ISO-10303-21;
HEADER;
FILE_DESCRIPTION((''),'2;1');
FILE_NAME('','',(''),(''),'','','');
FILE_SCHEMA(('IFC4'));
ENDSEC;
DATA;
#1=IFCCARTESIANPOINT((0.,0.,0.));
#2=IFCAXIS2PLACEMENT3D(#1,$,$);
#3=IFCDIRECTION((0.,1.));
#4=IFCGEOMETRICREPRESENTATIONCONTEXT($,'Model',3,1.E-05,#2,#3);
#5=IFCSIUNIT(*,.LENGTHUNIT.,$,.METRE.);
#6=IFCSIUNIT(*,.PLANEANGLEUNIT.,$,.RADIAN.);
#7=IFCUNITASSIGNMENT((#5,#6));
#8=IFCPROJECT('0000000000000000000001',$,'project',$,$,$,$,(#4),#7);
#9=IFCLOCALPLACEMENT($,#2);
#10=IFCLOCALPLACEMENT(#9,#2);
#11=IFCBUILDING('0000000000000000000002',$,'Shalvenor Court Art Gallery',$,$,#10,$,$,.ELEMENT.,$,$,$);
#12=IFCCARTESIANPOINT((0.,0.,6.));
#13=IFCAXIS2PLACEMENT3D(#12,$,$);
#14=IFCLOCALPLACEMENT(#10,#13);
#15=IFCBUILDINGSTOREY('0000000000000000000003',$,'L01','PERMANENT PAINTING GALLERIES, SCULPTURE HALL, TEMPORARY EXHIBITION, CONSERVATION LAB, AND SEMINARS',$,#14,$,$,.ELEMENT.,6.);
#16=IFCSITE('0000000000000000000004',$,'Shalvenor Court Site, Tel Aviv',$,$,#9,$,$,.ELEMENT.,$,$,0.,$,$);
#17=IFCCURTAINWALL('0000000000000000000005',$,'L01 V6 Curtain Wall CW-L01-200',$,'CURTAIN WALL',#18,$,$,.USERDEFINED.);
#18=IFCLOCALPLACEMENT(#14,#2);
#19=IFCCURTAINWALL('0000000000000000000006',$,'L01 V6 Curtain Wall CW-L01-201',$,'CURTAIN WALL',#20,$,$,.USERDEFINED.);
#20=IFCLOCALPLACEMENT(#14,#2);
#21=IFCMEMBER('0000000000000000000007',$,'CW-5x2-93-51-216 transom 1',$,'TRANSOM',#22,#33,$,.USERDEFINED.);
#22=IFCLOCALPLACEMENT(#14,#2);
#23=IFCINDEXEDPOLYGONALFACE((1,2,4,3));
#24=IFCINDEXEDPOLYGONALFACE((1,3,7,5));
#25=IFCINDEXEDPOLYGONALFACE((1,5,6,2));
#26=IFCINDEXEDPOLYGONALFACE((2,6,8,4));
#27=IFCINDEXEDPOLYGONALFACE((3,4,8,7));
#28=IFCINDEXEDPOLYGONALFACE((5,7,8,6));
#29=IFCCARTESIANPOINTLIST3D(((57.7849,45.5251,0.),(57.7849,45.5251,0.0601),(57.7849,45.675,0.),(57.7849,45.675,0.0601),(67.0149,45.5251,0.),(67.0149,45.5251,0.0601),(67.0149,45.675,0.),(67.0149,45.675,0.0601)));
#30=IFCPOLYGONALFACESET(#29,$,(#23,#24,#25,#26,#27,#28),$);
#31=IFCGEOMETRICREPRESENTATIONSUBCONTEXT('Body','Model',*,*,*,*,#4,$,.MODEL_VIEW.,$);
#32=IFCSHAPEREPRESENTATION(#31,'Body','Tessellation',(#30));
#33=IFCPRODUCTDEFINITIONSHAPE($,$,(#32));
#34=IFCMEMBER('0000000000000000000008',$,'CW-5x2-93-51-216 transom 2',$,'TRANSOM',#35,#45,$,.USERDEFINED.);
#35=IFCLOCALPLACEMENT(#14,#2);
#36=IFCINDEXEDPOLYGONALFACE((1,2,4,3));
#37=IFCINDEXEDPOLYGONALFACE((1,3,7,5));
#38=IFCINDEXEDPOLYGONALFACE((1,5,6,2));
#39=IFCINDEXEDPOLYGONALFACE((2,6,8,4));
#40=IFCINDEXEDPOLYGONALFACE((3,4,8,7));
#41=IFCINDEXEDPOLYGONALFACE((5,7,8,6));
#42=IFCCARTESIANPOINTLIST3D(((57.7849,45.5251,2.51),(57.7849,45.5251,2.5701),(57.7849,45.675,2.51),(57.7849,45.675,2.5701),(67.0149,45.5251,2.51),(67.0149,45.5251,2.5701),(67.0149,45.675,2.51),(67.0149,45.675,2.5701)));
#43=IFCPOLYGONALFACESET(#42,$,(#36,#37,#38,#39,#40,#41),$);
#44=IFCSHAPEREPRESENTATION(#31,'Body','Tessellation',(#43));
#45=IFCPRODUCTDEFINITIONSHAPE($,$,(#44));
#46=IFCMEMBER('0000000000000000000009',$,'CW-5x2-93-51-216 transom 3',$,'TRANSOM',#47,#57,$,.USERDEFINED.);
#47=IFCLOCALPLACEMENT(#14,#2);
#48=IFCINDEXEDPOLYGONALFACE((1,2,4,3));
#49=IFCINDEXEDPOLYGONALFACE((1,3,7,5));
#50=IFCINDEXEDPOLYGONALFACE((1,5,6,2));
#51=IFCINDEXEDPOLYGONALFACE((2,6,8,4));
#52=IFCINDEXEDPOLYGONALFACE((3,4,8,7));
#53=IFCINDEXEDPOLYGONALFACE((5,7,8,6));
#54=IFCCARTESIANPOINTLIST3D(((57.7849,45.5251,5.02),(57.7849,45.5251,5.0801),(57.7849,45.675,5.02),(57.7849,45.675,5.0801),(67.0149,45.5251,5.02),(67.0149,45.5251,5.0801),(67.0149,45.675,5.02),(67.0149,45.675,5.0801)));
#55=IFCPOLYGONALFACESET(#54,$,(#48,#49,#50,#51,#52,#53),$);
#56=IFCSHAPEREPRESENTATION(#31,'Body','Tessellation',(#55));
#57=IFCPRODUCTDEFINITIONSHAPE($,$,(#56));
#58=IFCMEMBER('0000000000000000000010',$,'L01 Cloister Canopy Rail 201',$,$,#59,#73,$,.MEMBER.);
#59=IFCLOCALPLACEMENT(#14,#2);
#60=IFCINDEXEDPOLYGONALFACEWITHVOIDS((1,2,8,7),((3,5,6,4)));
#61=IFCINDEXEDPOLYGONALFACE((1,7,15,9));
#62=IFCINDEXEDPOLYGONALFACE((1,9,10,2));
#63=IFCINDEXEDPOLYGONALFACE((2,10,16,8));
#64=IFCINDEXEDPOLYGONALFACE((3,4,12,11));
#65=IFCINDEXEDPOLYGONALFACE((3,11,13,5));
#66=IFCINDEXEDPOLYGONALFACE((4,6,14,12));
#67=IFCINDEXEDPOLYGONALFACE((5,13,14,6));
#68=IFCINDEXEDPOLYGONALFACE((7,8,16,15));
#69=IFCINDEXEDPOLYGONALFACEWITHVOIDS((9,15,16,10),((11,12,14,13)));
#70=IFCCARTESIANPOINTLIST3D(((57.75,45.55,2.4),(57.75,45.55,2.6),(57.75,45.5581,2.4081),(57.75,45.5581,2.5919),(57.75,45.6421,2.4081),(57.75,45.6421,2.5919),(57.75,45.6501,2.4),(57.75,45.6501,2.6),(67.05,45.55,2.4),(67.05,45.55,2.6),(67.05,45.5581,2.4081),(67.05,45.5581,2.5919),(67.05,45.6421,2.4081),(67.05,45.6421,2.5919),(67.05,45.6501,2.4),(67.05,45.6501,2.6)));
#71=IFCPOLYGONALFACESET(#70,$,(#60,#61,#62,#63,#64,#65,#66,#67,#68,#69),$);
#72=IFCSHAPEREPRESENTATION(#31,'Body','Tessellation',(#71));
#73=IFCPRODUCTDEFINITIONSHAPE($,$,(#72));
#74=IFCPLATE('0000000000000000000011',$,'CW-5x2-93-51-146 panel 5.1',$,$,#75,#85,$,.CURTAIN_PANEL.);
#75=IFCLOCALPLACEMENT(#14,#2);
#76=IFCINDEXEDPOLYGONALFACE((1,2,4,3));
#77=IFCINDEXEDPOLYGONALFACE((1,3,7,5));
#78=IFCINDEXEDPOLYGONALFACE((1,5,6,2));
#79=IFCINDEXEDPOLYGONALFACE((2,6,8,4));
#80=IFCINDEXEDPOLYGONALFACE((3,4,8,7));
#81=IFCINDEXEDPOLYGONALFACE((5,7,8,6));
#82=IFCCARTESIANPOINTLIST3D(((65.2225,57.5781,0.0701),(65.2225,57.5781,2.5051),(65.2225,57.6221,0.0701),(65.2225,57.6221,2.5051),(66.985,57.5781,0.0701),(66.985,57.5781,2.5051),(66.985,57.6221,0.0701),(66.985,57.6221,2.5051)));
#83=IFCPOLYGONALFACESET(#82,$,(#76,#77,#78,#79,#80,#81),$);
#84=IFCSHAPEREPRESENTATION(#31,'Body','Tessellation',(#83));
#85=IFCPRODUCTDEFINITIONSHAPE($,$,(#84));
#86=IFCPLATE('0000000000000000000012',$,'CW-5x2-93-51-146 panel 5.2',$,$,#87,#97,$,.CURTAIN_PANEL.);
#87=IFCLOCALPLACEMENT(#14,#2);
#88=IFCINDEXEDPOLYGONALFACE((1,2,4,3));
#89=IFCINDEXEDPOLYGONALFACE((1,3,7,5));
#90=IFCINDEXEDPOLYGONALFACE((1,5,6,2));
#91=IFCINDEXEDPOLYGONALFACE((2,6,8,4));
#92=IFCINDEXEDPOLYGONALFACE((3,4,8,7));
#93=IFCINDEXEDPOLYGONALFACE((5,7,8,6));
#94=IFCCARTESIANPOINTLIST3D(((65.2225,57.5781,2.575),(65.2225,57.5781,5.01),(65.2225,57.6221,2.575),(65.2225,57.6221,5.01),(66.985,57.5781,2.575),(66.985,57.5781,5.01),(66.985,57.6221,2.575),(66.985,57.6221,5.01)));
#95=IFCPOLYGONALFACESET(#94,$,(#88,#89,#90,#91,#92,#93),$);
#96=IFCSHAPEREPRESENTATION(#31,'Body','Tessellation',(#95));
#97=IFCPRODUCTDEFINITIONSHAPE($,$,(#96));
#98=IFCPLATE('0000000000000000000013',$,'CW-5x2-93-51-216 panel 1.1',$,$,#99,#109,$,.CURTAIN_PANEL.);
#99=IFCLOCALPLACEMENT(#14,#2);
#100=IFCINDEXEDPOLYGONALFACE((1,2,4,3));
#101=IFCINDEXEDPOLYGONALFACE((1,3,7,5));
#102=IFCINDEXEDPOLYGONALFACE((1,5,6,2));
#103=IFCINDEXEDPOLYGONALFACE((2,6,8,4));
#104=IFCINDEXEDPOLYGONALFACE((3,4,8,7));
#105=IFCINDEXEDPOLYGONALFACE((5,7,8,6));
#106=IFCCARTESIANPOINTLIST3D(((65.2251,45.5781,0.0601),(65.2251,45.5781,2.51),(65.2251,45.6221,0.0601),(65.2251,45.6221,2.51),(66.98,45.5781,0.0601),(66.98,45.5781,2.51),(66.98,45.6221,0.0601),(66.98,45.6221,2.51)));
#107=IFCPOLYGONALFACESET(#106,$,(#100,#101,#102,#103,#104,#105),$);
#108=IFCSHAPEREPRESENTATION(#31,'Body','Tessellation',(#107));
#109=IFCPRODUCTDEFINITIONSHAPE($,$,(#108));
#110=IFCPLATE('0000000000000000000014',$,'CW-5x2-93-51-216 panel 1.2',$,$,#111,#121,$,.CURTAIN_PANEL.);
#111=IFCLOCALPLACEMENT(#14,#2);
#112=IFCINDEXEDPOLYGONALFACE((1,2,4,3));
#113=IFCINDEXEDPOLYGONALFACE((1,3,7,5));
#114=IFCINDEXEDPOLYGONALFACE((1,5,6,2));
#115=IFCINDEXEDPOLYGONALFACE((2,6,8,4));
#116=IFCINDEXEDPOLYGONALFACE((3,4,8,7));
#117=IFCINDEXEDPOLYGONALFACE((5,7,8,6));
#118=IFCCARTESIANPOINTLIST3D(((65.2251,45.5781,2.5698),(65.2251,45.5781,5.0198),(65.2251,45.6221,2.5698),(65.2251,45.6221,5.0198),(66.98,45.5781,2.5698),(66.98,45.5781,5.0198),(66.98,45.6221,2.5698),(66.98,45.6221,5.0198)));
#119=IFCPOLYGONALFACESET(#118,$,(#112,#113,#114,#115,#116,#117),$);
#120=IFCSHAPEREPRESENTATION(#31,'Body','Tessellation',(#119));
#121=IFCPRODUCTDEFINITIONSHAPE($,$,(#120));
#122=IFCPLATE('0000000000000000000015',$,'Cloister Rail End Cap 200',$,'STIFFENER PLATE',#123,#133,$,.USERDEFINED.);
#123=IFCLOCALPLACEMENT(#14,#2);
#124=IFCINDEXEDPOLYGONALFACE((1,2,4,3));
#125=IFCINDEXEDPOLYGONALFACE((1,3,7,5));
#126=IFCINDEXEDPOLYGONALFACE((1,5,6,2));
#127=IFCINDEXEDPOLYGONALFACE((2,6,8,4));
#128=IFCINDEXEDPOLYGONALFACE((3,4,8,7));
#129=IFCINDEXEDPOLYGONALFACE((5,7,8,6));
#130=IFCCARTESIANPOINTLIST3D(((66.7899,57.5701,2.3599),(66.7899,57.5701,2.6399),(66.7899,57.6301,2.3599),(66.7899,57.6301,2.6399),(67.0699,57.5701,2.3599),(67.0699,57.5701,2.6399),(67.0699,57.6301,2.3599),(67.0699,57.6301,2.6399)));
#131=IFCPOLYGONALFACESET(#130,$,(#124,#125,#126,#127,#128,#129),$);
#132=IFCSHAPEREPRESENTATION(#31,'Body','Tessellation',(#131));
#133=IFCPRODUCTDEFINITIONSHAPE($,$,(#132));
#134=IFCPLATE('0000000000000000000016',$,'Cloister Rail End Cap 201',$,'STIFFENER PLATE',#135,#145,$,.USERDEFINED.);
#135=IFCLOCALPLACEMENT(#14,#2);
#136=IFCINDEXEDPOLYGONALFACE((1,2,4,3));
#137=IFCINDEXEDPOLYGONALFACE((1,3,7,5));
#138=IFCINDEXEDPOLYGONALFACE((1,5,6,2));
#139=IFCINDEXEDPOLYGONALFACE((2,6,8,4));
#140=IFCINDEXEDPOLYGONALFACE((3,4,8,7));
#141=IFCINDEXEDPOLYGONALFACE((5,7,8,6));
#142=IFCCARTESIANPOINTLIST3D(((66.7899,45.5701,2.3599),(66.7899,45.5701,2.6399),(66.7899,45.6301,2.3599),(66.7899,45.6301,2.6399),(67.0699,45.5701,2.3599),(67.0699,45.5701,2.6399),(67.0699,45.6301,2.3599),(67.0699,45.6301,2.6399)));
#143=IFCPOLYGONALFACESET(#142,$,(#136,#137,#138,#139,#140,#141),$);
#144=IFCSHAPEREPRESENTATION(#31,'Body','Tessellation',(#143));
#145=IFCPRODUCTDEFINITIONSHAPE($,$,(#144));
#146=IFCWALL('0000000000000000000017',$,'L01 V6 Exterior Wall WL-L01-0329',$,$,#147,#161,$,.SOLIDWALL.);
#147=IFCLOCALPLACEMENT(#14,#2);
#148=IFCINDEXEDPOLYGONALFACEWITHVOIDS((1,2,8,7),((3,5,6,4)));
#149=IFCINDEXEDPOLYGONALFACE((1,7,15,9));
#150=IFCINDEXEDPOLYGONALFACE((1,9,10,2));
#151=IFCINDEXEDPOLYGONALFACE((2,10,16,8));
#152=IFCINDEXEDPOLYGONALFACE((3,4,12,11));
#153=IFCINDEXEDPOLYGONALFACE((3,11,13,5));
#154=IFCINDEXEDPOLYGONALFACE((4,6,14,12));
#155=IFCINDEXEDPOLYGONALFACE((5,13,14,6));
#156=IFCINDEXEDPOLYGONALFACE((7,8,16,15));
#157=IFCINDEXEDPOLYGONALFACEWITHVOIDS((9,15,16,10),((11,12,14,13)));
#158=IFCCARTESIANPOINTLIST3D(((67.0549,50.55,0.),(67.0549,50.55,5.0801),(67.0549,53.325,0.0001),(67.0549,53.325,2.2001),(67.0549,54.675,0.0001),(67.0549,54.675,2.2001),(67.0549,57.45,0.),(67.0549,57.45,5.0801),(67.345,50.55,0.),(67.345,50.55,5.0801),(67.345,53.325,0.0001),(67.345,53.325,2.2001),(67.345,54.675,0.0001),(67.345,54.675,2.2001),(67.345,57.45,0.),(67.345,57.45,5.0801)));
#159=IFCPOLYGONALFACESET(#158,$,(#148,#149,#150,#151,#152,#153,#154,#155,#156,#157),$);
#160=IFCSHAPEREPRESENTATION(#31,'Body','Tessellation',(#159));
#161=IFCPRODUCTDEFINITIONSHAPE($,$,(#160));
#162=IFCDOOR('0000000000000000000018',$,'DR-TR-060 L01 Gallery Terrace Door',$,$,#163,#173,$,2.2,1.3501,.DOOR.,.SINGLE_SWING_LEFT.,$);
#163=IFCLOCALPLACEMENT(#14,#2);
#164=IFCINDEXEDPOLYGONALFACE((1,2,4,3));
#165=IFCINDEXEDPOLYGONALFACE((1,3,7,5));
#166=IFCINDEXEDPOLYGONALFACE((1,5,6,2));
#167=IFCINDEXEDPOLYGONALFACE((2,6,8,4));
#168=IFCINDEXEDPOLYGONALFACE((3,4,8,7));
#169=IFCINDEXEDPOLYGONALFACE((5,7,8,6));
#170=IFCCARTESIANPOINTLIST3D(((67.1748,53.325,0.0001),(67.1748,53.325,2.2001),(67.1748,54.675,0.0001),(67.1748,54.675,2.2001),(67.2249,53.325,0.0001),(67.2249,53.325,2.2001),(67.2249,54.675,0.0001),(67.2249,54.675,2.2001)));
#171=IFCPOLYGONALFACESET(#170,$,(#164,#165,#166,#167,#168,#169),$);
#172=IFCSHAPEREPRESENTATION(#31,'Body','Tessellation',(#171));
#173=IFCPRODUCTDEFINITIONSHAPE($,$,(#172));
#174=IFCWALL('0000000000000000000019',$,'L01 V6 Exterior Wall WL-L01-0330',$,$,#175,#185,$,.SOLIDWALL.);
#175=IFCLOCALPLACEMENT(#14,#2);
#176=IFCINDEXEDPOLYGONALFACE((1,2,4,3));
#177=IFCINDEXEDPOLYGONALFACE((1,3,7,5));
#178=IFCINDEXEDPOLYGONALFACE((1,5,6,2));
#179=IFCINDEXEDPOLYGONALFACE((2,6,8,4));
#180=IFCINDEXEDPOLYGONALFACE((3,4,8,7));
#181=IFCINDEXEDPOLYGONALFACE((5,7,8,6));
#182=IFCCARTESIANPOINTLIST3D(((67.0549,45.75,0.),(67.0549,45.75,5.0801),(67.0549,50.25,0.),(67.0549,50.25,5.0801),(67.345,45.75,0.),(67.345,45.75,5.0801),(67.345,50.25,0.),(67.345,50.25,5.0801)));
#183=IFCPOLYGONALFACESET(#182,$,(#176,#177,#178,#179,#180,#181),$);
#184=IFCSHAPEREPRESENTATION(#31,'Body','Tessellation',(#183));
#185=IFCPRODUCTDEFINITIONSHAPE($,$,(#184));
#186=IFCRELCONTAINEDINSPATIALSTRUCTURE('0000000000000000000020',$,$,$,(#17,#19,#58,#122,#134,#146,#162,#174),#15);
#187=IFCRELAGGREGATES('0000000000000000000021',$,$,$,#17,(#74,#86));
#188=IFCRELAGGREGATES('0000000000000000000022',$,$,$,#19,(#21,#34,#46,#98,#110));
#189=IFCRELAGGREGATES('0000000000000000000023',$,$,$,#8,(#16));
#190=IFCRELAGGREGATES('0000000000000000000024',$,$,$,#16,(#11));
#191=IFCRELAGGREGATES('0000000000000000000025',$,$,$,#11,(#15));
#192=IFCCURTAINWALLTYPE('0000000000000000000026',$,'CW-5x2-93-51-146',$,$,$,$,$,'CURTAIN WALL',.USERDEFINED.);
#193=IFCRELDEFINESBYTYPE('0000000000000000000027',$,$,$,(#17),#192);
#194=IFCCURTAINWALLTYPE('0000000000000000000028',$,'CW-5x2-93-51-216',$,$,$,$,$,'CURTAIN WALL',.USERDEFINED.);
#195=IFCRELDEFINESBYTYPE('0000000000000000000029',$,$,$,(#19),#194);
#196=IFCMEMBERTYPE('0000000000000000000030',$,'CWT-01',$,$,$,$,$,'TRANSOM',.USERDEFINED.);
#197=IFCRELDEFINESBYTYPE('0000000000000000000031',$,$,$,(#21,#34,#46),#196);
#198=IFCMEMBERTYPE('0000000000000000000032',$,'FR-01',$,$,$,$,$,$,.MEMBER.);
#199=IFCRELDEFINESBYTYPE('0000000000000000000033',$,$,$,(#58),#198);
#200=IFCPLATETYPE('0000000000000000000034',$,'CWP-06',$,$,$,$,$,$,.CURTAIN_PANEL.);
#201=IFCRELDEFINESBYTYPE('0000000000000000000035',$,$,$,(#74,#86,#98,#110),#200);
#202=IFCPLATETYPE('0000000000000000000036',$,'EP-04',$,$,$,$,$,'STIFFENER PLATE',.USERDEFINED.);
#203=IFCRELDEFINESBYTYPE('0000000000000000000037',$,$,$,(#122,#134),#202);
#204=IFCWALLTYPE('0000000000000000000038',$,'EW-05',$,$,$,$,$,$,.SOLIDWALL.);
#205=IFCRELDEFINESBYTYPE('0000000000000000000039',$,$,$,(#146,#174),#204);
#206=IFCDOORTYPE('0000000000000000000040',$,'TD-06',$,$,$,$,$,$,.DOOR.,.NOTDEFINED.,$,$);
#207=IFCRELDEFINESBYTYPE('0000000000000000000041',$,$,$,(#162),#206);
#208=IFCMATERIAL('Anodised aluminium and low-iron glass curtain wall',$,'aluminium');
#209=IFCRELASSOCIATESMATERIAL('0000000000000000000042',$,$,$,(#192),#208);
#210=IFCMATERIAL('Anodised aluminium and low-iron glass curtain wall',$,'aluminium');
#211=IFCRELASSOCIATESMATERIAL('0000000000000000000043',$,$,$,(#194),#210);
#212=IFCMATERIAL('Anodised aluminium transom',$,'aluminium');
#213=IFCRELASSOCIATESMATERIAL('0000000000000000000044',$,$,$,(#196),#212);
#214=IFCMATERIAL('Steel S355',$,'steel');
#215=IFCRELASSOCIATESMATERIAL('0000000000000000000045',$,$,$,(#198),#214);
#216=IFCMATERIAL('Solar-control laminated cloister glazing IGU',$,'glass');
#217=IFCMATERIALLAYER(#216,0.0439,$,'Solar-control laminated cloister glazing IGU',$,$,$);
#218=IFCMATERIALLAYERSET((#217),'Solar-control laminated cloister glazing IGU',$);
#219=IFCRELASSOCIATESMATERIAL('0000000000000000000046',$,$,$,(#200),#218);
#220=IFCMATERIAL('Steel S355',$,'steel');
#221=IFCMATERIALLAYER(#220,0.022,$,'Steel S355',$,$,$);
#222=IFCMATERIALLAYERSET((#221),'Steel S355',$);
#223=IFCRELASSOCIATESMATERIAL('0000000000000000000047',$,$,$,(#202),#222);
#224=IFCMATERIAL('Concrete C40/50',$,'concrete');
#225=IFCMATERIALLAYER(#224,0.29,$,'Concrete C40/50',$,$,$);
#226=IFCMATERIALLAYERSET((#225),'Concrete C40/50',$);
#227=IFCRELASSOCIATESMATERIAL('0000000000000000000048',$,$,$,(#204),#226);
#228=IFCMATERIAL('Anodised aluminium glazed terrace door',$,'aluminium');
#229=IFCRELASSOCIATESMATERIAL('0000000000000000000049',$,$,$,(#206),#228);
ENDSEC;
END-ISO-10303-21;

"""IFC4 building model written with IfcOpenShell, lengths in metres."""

from ifc_helpers import new_model, si_unit, direction, frame, frame_2d, origin, origin_2d, place, context, subcontext, project, spatial, rectangle, hollow_rectangle, extrude, material, layer, layer_set, material_profile, profile_set, type_object, element, fill, aggregate, save


model = new_model("IFC4")

# Units and contexts
model_context = context("Model", 3, precision=1e-05, world=origin(), true_north=direction((0.0, 1.0)))
body_context = subcontext(model_context, "Body", "Model", "MODEL_VIEW")
ifc_project = project(units=[si_unit("LENGTHUNIT", "METRE"), si_unit("PLANEANGLEUNIT", "RADIAN")], contexts=[model_context])

# Site, building, storey
site_placement = place(None, origin())
site = spatial("IfcSite", under=ifc_project, at=site_placement, Name="Shalvenor Court Site, Tel Aviv", CompositionType="ELEMENT", RefElevation=0.0)
building_placement = place(site_placement, origin())
building = spatial("IfcBuilding", under=site, at=building_placement, Name="Shalvenor Court Art Gallery", CompositionType="ELEMENT")
storey_placement = place(building_placement, frame((0.0, 0.0, 6.0)))
storey = spatial("IfcBuildingStorey", under=building, at=storey_placement, Name="L01", Description="PERMANENT PAINTING GALLERIES, SCULPTURE HALL, TEMPORARY EXHIBITION, CONSERVATION LAB, AND SEMINARS", CompositionType="ELEMENT", Elevation=6.0)

# Curtain wall
ifc_material_1 = material(Name="Anodised aluminium and low-iron glass curtain wall", Category="aluminium")
curtain_wall_type_1 = type_object("IfcCurtainWallType", Name="CW-5x2-93-51-146", ElementType="CURTAIN WALL", PredefinedType="USERDEFINED", material=ifc_material_1)
curtain_wall_1_placement = place(storey_placement, origin())
curtain_wall_1 = element("IfcCurtainWall", 1, at=curtain_wall_1_placement, inside=storey, type_object=curtain_wall_type_1, Name="L01 V6 Curtain Wall CW-L01-200", ObjectType="CURTAIN WALL", PredefinedType="USERDEFINED")

# Curtain wall, members
ifc_material_2 = material(Name="Anodised aluminium and low-iron glass curtain wall", Category="aluminium")
curtain_wall_type_2 = type_object("IfcCurtainWallType", Name="CW-5x2-93-51-216", ElementType="CURTAIN WALL", PredefinedType="USERDEFINED", material=ifc_material_2)
curtain_wall_2_placement = place(storey_placement, origin())
curtain_wall_2 = element("IfcCurtainWall", 2, at=curtain_wall_2_placement, inside=storey, type_object=curtain_wall_type_2, Name="L01 V6 Curtain Wall CW-L01-201", ObjectType="CURTAIN WALL", PredefinedType="USERDEFINED")
ifc_material_3 = material(Name="Anodised aluminium transom", Category="aluminium")
ifc_material_profile_1 = material_profile(ifc_material_3, rectangle(XDim=0.1499, YDim=0.0601, at=origin_2d()), Name="CWT-01")
ifc_profile_set_1 = profile_set([ifc_material_profile_1], Name="Anodised aluminium transom")
member_type_1 = type_object("IfcMemberType", Name="CWT-01", ElementType="TRANSOM", PredefinedType="USERDEFINED", material=ifc_profile_set_1)
member_1_placement = place(storey_placement, frame((67.0149, 45.6001, 0.03), z_axis=(-1.0, 0.0, 0.0), x_axis=(0.0, -1.0, 0.0)))
member_1 = element("IfcMember", 3, at=member_1_placement, type_object=member_type_1, Name="CW-5x2-93-51-216 transom 1", ObjectType="TRANSOM", PredefinedType="USERDEFINED", context=body_context, shape_type="SweptSolid", body=[
    extrude(rectangle(XDim=0.1499, YDim=0.0601, at=origin_2d()), origin(), (0.0, 0.0, 1.0), 9.23),
])
member_2_placement = place(storey_placement, frame((67.0149, 45.6001, 2.54), z_axis=(-1.0, 0.0, 0.0), x_axis=(0.0, -1.0, 0.0)))
member_2 = element("IfcMember", 4, at=member_2_placement, type_object=member_type_1, Name="CW-5x2-93-51-216 transom 2", ObjectType="TRANSOM", PredefinedType="USERDEFINED", context=body_context, shape_type="SweptSolid", body=[
    extrude(rectangle(XDim=0.1499, YDim=0.0601, at=origin_2d()), origin(), (0.0, 0.0, 1.0), 9.23),
])
member_3_placement = place(storey_placement, frame((67.0149, 45.6001, 5.05), z_axis=(-1.0, 0.0, 0.0), x_axis=(0.0, -1.0, 0.0)))
member_3 = element("IfcMember", 5, at=member_3_placement, type_object=member_type_1, Name="CW-5x2-93-51-216 transom 3", ObjectType="TRANSOM", PredefinedType="USERDEFINED", context=body_context, shape_type="SweptSolid", body=[
    extrude(rectangle(XDim=0.1499, YDim=0.0601, at=origin_2d()), origin(), (0.0, 0.0, 1.0), 9.23),
])

# Member
ifc_material_4 = material(Name="Steel S355", Category="steel")
ifc_material_profile_2 = material_profile(ifc_material_4, hollow_rectangle(XDim=0.1001, YDim=0.2, WallThickness=0.0081, at=origin_2d()), Name="RHS 200x100x8.0")
ifc_profile_set_2 = profile_set([ifc_material_profile_2], Name="Steel S355")
member_type_2 = type_object("IfcMemberType", Name="FR-01", PredefinedType="MEMBER", material=ifc_profile_set_2)
member_4_placement = place(storey_placement, frame((67.05, 45.6001, 2.5), z_axis=(-1.0, 0.0, 0.0), x_axis=(0.0, -1.0, 0.0)))
element("IfcMember", 6, at=member_4_placement, inside=storey, type_object=member_type_2, Name="L01 Cloister Canopy Rail 201", PredefinedType="MEMBER", context=body_context, shape_type="SweptSolid", body=[
    extrude(hollow_rectangle(XDim=0.1001, YDim=0.2, WallThickness=0.0081, at=origin_2d()), origin(), (0.0, 0.0, 1.0), 9.3),
])

# Plates
ifc_material_5 = material(Name="Solar-control laminated cloister glazing IGU", Category="glass")
ifc_layer_1 = layer(ifc_material_5, 0.0439, Name="Solar-control laminated cloister glazing IGU")
ifc_layer_set_1 = layer_set([ifc_layer_1], Name="Solar-control laminated cloister glazing IGU")
plate_type_1 = type_object("IfcPlateType", Name="CWP-06", PredefinedType="CURTAIN_PANEL", material=ifc_layer_set_1)
plate_1_placement = place(storey_placement, frame((66.1038, 57.6001, 0.0701), z_axis=(0.0, 0.0, 1.0), x_axis=(1.0, 0.0, 0.0)))
plate_1 = element("IfcPlate", 7, at=plate_1_placement, type_object=plate_type_1, Name="CW-5x2-93-51-146 panel 5.1", PredefinedType="CURTAIN_PANEL", context=body_context, shape_type="SweptSolid", body=[
    extrude(rectangle(XDim=1.7625, YDim=0.0439, at=origin_2d()), origin(), (0.0, 0.0, 1.0), 2.4351),
])
plate_2_placement = place(storey_placement, frame((66.1038, 57.6001, 2.575), z_axis=(0.0, 0.0, 1.0), x_axis=(1.0, 0.0, 0.0)))
plate_2 = element("IfcPlate", 8, at=plate_2_placement, type_object=plate_type_1, Name="CW-5x2-93-51-146 panel 5.2", PredefinedType="CURTAIN_PANEL", context=body_context, shape_type="SweptSolid", body=[
    extrude(rectangle(XDim=1.7625, YDim=0.0439, at=origin_2d()), origin(), (0.0, 0.0, 1.0), 2.4351),
])
aggregate(curtain_wall_1, [plate_1, plate_2])
plate_3_placement = place(storey_placement, frame((66.1025, 45.6001, 0.0601), z_axis=(0.0, 0.0, 1.0), x_axis=(-1.0, 0.0, 0.0)))
plate_3 = element("IfcPlate", 9, at=plate_3_placement, type_object=plate_type_1, Name="CW-5x2-93-51-216 panel 1.1", PredefinedType="CURTAIN_PANEL", context=body_context, shape_type="SweptSolid", body=[
    extrude(rectangle(XDim=1.7549, YDim=0.0439, at=origin_2d()), origin(), (0.0, 0.0, 1.0), 2.45),
])
plate_4_placement = place(storey_placement, frame((66.1025, 45.6001, 2.5698), z_axis=(0.0, 0.0, 1.0), x_axis=(-1.0, 0.0, 0.0)))
plate_4 = element("IfcPlate", 10, at=plate_4_placement, type_object=plate_type_1, Name="CW-5x2-93-51-216 panel 1.2", PredefinedType="CURTAIN_PANEL", context=body_context, shape_type="SweptSolid", body=[
    extrude(rectangle(XDim=1.7549, YDim=0.0439, at=origin_2d()), origin(), (0.0, 0.0, 1.0), 2.45),
])
aggregate(curtain_wall_2, [member_1, member_2, member_3, plate_3, plate_4])

# Plates
ifc_material_6 = material(Name="Steel S355", Category="steel")
ifc_layer_2 = layer(ifc_material_6, 0.022, Name="Steel S355")
ifc_layer_set_2 = layer_set([ifc_layer_2], Name="Steel S355")
plate_type_2 = type_object("IfcPlateType", Name="EP-04", ElementType="STIFFENER PLATE", PredefinedType="USERDEFINED", material=ifc_layer_set_2)
for number, where, z_axis, x_axis, name in (
    (11, (66.9299, 57.6001, 2.3599), (0.0, 0.0, 1.0), (1.0, 0.0, 0.0), "Cloister Rail End Cap 200"),
    (12, (66.9299, 45.6001, 2.3599), (0.0, 0.0, 1.0), (1.0, 0.0, 0.0), "Cloister Rail End Cap 201"),
):
    element("IfcPlate", number, at=place(storey_placement, frame(where, z_axis=z_axis, x_axis=x_axis)), inside=storey, type_object=plate_type_2, Name=name, ObjectType="STIFFENER PLATE", PredefinedType="USERDEFINED", context=body_context, shape_type="SweptSolid", body=[
        extrude(rectangle(XDim=0.28, YDim=0.0601, at=origin_2d()), origin(), (0.0, 0.0, 1.0), 0.28),
    ])

# Wall, opening, door
ifc_material_7 = material(Name="Concrete C40/50", Category="concrete")
ifc_layer_3 = layer(ifc_material_7, 0.29, Name="Concrete C40/50")
ifc_layer_set_3 = layer_set([ifc_layer_3], Name="Concrete C40/50")
wall_type = type_object("IfcWallType", Name="EW-05", PredefinedType="SOLIDWALL", material=ifc_layer_set_3)
wall_1_placement = place(storey_placement, frame((67.2, 57.45, 0.0), z_axis=(0.0, 0.0, 1.0), x_axis=(0.0, -1.0, 0.0)))
wall_1 = element("IfcWall", 13, at=wall_1_placement, inside=storey, type_object=wall_type, Name="L01 V6 Exterior Wall WL-L01-0329", PredefinedType="SOLIDWALL", context=body_context, shape_type="SweptSolid", body=[
    extrude(rectangle(XDim=6.8999, YDim=0.29, at=frame_2d((3.45, 0.0))), origin(), (0.0, 0.0, 1.0), 5.0801),
])
opening_placement = place(wall_1_placement, frame((2.7749, 0.0, 0.0)))
opening = element("IfcOpeningElement", 14, at=opening_placement, cuts=wall_1, PredefinedType="OPENING", context=body_context, shape_type="SweptSolid", body=[
    extrude(rectangle(XDim=1.3501, YDim=2.2, at=frame_2d((0.675, 1.1001))), frame((0.0, 0.155, 0.0), z_axis=(0.0, -1.0, 0.0), x_axis=(1.0, 0.0, 0.0)), (0.0, 0.0, 1.0), 0.3101),
])
ifc_material_8 = material(Name="Anodised aluminium glazed terrace door", Category="aluminium")
door_type = type_object("IfcDoorType", Name="TD-06", OperationType="NOTDEFINED", PredefinedType="DOOR", material=ifc_material_8)
door_placement = place(opening_placement, origin())
door = element("IfcDoor", 15, at=door_placement, inside=storey, type_object=door_type, Name="DR-TR-060 L01 Gallery Terrace Door", OperationType="SINGLE_SWING_LEFT", OverallHeight=2.2, OverallWidth=1.3501, PredefinedType="DOOR", context=body_context, shape_type="SweptSolid", body=[
    extrude(rectangle(XDim=1.3501, YDim=2.2, at=frame_2d((0.675, 1.1001))), frame((0.0, 0.0249, 0.0), z_axis=(0.0, -1.0, 0.0), x_axis=(1.0, 0.0, 0.0)), (0.0, 0.0, 1.0), 0.05),
])
fill(opening, door)

# Wall
wall_2_placement = place(storey_placement, frame((67.2, 50.25, 0.0), z_axis=(0.0, 0.0, 1.0), x_axis=(0.0, -1.0, 0.0)))
element("IfcWall", 16, at=wall_2_placement, inside=storey, type_object=wall_type, Name="L01 V6 Exterior Wall WL-L01-0330", PredefinedType="SOLIDWALL", context=body_context, shape_type="SweptSolid", body=[
    extrude(rectangle(XDim=4.5, YDim=0.29, at=frame_2d((2.25, 0.0))), origin(), (0.0, 0.0, 1.0), 5.0801),
])

save(model, "model.ifc")
